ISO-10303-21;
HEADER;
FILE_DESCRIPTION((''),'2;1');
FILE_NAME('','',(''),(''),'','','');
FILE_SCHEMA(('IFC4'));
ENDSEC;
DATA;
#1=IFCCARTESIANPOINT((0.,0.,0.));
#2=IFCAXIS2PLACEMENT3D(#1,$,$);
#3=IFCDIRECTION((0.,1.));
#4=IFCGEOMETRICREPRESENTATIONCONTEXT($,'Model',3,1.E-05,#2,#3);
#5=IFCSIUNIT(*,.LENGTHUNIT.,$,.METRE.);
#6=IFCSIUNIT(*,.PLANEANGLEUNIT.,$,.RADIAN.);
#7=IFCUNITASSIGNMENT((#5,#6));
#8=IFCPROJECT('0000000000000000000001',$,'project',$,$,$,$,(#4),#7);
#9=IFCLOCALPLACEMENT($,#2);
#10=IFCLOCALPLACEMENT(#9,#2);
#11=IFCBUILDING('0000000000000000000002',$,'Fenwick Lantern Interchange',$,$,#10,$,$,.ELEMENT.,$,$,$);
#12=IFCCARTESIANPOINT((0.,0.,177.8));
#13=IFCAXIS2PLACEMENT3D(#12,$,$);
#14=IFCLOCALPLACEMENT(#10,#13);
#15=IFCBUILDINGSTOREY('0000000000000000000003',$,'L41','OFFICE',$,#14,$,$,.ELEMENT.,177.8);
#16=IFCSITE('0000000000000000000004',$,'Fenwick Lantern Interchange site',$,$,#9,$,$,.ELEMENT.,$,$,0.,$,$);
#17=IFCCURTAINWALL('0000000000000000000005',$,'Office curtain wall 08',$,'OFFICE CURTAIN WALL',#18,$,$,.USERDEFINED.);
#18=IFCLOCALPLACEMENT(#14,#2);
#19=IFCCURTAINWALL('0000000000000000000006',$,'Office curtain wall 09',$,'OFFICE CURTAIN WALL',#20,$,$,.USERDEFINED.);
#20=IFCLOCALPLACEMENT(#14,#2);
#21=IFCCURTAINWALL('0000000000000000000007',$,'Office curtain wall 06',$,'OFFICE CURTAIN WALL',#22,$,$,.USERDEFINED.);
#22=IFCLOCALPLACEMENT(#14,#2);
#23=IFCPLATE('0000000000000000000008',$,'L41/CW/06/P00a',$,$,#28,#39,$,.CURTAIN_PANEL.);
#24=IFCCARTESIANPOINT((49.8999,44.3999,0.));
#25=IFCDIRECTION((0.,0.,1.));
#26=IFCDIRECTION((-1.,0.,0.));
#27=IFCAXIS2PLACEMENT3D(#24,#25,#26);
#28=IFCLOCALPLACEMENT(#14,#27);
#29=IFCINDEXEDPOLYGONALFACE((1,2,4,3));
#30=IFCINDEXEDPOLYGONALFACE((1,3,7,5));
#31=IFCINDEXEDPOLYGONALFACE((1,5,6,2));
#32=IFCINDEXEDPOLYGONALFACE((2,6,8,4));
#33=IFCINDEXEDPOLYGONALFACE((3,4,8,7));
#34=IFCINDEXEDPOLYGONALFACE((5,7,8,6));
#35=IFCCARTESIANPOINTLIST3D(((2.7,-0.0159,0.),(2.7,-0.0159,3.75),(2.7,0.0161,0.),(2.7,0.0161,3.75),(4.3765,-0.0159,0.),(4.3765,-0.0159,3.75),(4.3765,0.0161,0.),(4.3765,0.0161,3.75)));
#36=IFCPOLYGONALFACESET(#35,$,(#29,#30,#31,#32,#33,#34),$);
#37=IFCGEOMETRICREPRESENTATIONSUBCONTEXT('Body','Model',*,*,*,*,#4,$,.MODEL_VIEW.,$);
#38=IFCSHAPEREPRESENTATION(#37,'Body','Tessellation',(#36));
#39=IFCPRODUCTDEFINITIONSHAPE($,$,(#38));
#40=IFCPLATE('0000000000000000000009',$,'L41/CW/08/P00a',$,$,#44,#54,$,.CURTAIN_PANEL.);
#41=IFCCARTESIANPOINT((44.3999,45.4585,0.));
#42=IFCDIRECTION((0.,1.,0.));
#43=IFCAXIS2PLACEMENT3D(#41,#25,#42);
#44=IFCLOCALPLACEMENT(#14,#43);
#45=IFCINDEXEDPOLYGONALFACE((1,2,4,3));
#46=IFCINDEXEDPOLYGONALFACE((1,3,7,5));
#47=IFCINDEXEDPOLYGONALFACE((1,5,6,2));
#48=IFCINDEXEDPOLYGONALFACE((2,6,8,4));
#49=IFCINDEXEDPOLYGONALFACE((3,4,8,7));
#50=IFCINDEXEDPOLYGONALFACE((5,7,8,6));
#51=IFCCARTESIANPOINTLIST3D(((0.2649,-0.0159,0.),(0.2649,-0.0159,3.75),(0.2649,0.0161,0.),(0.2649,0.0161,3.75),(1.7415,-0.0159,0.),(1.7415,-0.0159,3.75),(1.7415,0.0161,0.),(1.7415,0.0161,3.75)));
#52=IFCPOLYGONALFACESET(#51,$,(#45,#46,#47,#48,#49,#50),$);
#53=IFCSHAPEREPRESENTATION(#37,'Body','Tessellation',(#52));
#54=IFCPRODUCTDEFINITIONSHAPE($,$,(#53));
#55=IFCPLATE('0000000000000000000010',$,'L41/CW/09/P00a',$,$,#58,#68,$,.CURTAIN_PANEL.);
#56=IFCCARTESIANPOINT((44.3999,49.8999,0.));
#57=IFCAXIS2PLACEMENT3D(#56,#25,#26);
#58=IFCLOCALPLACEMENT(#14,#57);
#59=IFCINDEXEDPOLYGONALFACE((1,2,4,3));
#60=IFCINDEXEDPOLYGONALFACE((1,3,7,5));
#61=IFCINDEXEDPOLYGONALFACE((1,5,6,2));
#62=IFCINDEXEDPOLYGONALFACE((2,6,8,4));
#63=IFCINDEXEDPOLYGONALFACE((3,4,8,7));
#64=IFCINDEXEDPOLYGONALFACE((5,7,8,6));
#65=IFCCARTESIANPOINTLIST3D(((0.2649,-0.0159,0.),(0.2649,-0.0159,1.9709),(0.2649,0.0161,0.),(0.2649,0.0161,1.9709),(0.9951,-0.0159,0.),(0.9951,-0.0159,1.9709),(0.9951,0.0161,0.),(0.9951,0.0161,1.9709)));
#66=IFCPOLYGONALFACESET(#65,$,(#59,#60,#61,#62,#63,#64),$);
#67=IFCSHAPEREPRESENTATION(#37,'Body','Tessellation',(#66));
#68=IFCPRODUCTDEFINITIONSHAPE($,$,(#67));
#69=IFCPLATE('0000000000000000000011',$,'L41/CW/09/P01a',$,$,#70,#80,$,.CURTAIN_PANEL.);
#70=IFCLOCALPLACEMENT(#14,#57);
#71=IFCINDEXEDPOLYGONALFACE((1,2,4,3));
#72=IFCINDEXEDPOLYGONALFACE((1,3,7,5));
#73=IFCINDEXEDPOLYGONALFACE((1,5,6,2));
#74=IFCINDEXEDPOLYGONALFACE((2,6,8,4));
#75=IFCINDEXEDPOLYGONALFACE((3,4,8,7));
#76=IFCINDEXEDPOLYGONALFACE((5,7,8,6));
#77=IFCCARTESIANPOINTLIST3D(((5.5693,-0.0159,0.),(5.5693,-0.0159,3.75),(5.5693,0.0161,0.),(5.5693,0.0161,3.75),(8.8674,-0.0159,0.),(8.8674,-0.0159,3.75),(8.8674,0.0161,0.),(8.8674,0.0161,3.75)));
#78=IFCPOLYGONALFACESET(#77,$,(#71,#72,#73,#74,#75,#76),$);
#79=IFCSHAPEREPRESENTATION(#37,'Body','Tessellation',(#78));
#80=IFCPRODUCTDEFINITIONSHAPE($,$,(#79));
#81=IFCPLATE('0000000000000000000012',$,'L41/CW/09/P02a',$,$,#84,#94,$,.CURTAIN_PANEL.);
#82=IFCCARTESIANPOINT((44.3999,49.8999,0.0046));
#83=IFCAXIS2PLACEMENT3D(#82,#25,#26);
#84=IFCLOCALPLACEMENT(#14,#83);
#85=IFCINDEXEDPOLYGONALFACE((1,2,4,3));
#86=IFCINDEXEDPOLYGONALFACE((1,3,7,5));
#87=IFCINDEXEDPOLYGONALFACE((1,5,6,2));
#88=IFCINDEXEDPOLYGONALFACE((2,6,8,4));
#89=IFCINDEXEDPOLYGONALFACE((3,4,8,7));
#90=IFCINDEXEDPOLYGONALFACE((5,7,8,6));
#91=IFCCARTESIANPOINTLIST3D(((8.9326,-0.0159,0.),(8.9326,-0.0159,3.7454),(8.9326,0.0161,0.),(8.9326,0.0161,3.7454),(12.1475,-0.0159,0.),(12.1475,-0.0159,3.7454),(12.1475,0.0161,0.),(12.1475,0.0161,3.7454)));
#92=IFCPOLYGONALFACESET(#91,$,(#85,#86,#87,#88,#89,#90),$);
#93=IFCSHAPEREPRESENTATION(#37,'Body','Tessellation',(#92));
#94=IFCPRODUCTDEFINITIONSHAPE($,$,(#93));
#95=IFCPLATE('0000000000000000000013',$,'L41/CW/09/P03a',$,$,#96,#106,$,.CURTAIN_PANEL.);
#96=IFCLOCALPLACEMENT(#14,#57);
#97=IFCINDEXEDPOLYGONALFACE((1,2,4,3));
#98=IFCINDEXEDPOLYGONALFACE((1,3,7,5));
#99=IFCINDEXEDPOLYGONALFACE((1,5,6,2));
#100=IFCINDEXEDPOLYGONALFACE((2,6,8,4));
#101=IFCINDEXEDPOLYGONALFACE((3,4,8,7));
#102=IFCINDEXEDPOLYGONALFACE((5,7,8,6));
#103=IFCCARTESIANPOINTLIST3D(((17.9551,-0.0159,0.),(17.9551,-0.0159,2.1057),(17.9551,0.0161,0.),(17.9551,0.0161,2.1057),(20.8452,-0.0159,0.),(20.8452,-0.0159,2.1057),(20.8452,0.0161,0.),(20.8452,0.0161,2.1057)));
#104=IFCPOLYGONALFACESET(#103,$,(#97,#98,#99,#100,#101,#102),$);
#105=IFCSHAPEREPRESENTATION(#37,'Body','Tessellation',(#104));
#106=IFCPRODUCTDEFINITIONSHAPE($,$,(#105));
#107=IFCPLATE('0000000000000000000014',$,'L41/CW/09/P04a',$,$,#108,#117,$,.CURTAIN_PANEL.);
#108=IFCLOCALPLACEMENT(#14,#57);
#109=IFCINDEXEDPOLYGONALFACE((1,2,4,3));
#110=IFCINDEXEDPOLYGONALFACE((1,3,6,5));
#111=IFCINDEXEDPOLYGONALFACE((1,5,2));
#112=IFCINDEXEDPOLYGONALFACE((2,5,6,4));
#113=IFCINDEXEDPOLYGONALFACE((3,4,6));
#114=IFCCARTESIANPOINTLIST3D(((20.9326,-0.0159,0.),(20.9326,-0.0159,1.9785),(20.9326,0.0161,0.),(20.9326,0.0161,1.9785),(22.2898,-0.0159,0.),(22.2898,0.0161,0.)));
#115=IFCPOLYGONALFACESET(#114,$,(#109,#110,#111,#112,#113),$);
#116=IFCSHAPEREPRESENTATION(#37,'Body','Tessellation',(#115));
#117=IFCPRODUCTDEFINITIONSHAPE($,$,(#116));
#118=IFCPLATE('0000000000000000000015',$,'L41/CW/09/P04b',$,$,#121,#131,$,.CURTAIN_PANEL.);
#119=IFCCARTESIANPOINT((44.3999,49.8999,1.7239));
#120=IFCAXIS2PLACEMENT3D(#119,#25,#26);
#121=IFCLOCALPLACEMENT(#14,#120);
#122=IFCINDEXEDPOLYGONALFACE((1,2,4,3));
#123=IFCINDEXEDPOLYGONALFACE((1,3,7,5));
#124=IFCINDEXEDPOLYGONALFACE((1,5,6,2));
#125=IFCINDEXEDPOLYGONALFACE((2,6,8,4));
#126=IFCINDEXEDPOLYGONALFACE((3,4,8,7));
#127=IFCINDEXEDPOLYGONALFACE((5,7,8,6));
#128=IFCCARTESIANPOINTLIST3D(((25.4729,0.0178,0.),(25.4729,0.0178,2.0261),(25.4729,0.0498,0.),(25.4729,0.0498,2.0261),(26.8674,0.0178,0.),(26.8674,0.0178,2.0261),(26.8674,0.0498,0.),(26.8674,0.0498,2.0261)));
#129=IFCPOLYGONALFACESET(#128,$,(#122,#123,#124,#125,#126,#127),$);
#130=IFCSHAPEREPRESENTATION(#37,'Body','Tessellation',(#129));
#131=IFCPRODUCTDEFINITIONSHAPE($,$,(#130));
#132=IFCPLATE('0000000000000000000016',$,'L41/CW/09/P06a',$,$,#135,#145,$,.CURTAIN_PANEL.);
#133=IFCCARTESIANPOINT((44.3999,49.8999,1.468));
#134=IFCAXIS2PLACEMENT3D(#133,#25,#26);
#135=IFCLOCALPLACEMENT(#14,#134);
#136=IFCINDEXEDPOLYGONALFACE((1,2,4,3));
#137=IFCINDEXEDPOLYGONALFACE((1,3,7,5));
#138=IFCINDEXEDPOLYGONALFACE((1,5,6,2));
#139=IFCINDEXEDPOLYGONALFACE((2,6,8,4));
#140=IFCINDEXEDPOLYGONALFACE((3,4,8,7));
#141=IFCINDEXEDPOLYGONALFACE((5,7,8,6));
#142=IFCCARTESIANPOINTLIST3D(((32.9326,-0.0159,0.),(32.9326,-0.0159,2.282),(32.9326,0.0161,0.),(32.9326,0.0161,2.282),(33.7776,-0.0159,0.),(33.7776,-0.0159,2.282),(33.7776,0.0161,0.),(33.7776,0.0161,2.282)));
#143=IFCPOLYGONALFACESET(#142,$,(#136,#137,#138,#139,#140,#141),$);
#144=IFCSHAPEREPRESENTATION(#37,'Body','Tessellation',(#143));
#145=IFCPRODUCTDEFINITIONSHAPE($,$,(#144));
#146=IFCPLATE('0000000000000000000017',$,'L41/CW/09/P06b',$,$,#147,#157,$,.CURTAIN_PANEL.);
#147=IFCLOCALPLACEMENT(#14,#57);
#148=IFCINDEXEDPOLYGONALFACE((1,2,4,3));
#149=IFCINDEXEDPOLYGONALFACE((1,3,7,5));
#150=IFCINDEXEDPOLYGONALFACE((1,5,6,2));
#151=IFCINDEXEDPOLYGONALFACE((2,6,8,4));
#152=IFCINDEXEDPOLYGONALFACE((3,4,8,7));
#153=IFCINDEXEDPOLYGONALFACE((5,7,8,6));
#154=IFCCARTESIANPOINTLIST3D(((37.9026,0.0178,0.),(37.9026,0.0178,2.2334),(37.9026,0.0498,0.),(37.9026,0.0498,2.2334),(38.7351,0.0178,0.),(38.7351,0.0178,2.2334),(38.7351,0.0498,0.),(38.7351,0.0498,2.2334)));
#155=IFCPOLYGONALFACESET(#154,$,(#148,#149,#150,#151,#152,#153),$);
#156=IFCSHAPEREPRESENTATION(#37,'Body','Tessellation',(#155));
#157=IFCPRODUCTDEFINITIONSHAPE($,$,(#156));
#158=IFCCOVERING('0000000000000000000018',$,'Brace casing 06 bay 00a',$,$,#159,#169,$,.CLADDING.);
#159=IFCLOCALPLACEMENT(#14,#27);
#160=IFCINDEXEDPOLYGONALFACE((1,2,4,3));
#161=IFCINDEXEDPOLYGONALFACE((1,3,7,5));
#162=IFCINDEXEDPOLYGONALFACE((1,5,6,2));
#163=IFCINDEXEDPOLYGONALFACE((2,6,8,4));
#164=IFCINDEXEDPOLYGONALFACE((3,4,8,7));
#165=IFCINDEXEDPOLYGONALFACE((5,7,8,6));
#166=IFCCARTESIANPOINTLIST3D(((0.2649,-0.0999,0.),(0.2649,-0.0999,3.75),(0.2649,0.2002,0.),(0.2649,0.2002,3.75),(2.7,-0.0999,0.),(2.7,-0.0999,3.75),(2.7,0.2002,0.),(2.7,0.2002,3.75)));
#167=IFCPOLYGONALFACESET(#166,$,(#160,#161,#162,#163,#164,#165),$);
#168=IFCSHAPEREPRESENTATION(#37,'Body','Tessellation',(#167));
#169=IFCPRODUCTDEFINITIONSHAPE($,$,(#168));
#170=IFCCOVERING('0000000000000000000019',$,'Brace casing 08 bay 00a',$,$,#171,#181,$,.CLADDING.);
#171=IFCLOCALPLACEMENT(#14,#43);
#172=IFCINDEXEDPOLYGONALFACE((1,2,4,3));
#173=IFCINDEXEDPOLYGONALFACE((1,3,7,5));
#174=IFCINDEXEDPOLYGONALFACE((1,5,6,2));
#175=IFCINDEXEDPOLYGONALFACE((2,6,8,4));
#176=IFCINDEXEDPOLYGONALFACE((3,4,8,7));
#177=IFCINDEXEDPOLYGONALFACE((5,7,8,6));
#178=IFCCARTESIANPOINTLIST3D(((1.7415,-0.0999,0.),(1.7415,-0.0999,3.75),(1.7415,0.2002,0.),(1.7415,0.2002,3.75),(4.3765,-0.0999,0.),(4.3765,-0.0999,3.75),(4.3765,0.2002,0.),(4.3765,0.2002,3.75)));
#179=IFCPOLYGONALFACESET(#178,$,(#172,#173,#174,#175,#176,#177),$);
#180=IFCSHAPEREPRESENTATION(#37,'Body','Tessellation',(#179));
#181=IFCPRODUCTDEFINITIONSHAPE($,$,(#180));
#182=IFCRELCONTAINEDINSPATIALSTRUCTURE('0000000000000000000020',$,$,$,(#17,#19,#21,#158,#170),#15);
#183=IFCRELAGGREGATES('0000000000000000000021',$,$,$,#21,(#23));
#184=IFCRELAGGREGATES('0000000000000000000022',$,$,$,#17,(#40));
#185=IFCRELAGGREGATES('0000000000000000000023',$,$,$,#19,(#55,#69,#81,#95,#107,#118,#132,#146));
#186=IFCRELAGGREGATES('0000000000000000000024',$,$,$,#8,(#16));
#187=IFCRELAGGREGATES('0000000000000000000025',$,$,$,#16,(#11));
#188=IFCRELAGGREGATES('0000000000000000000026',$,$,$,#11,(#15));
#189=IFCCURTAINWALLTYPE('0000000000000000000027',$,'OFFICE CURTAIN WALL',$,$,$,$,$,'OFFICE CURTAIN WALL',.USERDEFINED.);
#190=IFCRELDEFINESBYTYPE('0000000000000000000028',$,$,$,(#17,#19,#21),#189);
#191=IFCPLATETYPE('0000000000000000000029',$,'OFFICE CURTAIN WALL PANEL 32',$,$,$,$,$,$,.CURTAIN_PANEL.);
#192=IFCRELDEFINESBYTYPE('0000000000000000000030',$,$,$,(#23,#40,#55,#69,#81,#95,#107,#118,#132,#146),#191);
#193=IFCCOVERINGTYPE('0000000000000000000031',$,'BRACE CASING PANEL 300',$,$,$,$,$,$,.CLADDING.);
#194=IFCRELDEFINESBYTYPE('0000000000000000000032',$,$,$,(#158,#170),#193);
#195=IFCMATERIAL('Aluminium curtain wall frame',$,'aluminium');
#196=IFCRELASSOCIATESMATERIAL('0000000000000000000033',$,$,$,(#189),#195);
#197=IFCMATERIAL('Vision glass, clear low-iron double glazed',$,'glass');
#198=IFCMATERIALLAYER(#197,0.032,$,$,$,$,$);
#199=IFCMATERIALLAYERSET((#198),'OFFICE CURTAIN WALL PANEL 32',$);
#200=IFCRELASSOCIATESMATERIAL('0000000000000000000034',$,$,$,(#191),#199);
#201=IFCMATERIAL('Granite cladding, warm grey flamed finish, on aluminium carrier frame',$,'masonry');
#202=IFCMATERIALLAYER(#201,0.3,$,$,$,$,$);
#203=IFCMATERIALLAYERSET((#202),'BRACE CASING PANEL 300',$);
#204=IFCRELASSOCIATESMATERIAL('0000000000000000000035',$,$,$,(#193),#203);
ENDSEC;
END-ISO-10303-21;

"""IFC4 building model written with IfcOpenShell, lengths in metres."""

from ifc_helpers import new_model, si_unit, direction, frame, origin, place, context, subcontext, project, spatial, polyline, outline, extrude, material, layer, layer_set, type_object, element, aggregate, save


model = new_model("IFC4")

# Units and contexts
model_context = context("Model", 3, precision=1e-05, world=origin(), true_north=direction((0.0, 1.0)))
body_context = subcontext(model_context, "Body", "Model", "MODEL_VIEW")
ifc_project = project(units=[si_unit("LENGTHUNIT", "METRE"), si_unit("PLANEANGLEUNIT", "RADIAN")], contexts=[model_context])

# Site, building, storey
site_placement = place(None, origin())
site = spatial("IfcSite", under=ifc_project, at=site_placement, Name="Fenwick Lantern Interchange site", CompositionType="ELEMENT", RefElevation=0.0)
building_placement = place(site_placement, origin())
building = spatial("IfcBuilding", under=site, at=building_placement, Name="Fenwick Lantern Interchange", CompositionType="ELEMENT")
storey_placement = place(building_placement, frame((0.0, 0.0, 177.8)))
storey = spatial("IfcBuildingStorey", under=building, at=storey_placement, Name="L41", Description="OFFICE", CompositionType="ELEMENT", Elevation=177.8)

# Curtain wall
ifc_material_1 = material(Name="Aluminium curtain wall frame", Category="aluminium")
curtain_wall_type = type_object("IfcCurtainWallType", Name="OFFICE CURTAIN WALL", ElementType="OFFICE CURTAIN WALL", PredefinedType="USERDEFINED", material=ifc_material_1)
curtain_wall_1_placement = place(storey_placement, origin())
curtain_wall_1 = element("IfcCurtainWall", 1, at=curtain_wall_1_placement, inside=storey, type_object=curtain_wall_type, Name="Office curtain wall 08", ObjectType="OFFICE CURTAIN WALL", PredefinedType="USERDEFINED")

# Curtain wall
curtain_wall_2_placement = place(storey_placement, origin())
curtain_wall_2 = element("IfcCurtainWall", 2, at=curtain_wall_2_placement, inside=storey, type_object=curtain_wall_type, Name="Office curtain wall 09", ObjectType="OFFICE CURTAIN WALL", PredefinedType="USERDEFINED")

# Curtain wall, plate
curtain_wall_3_placement = place(storey_placement, origin())
curtain_wall_3 = element("IfcCurtainWall", 3, at=curtain_wall_3_placement, inside=storey, type_object=curtain_wall_type, Name="Office curtain wall 06", ObjectType="OFFICE CURTAIN WALL", PredefinedType="USERDEFINED")
ifc_material_2 = material(Name="Vision glass, clear low-iron double glazed", Category="glass")
ifc_layer_1 = layer(ifc_material_2, 0.032)
ifc_layer_set_1 = layer_set([ifc_layer_1], Name="OFFICE CURTAIN WALL PANEL 32")
plate_type = type_object("IfcPlateType", Name="OFFICE CURTAIN WALL PANEL 32", PredefinedType="CURTAIN_PANEL", material=ifc_layer_set_1)
plate_1_placement = place(storey_placement, frame((49.8999, 44.3999, 0.0), z_axis=(0.0, 0.0, 1.0), x_axis=(-1.0, 0.0, 0.0)))
plate_1 = element("IfcPlate", 4, at=plate_1_placement, type_object=plate_type, Name="L41/CW/06/P00a", PredefinedType="CURTAIN_PANEL", context=body_context, shape_type="SweptSolid", body=[
    extrude(outline(polyline([(2.7, 0.0), (4.3765, 0.0), (4.3765, 3.75), (2.7, 3.75), (2.7, 0.0)])), frame((0.0, 0.0161, 0.0), z_axis=(0.0, -1.0, 0.0), x_axis=(1.0, 0.0, 0.0)), (0.0, 0.0, 1.0), 0.032),
])
aggregate(curtain_wall_3, [plate_1])

# Plates
plate_2_placement = place(storey_placement, frame((44.3999, 45.4585, 0.0), z_axis=(0.0, 0.0, 1.0), x_axis=(0.0, 1.0, 0.0)))
plate_2 = element("IfcPlate", 5, at=plate_2_placement, type_object=plate_type, Name="L41/CW/08/P00a", PredefinedType="CURTAIN_PANEL", context=body_context, shape_type="SweptSolid", body=[
    extrude(outline(polyline([(0.2649, 0.0), (1.7415, 0.0), (1.7415, 3.75), (0.2649, 3.75), (0.2649, 0.0)])), frame((0.0, 0.0161, 0.0), z_axis=(0.0, -1.0, 0.0), x_axis=(1.0, 0.0, 0.0)), (0.0, 0.0, 1.0), 0.032),
])
aggregate(curtain_wall_1, [plate_2])
plate_3_placement = place(storey_placement, frame((44.3999, 49.8999, 0.0), z_axis=(0.0, 0.0, 1.0), x_axis=(-1.0, 0.0, 0.0)))
plate_3 = element("IfcPlate", 6, at=plate_3_placement, type_object=plate_type, Name="L41/CW/09/P00a", PredefinedType="CURTAIN_PANEL", context=body_context, shape_type="SweptSolid", body=[
    extrude(outline(polyline([(0.2649, 0.0), (0.9951, 0.0), (0.9951, 1.9709), (0.2649, 1.9709), (0.2649, 0.0)])), frame((0.0, 0.0161, 0.0), z_axis=(0.0, -1.0, 0.0), x_axis=(1.0, 0.0, 0.0)), (0.0, 0.0, 1.0), 0.032),
])
plate_4_placement = place(storey_placement, frame((44.3999, 49.8999, 0.0), z_axis=(0.0, 0.0, 1.0), x_axis=(-1.0, 0.0, 0.0)))
plate_4 = element("IfcPlate", 7, at=plate_4_placement, type_object=plate_type, Name="L41/CW/09/P01a", PredefinedType="CURTAIN_PANEL", context=body_context, shape_type="SweptSolid", body=[
    extrude(outline(polyline([(5.5693, 0.0), (8.8674, 0.0), (8.8674, 3.75), (5.5693, 3.75), (5.5693, 0.0)])), frame((0.0, 0.0161, 0.0), z_axis=(0.0, -1.0, 0.0), x_axis=(1.0, 0.0, 0.0)), (0.0, 0.0, 1.0), 0.032),
])
plate_5_placement = place(storey_placement, frame((44.3999, 49.8999, 0.0046), z_axis=(0.0, 0.0, 1.0), x_axis=(-1.0, 0.0, 0.0)))
plate_5 = element("IfcPlate", 8, at=plate_5_placement, type_object=plate_type, Name="L41/CW/09/P02a", PredefinedType="CURTAIN_PANEL", context=body_context, shape_type="SweptSolid", body=[
    extrude(outline(polyline([(8.9326, 0.0), (12.1475, 0.0), (12.1475, 3.7454), (8.9326, 3.7454), (8.9326, 0.0)])), frame((0.0, 0.0161, 0.0), z_axis=(0.0, -1.0, 0.0), x_axis=(1.0, 0.0, 0.0)), (0.0, 0.0, 1.0), 0.032),
])
plate_6_placement = place(storey_placement, frame((44.3999, 49.8999, 0.0), z_axis=(0.0, 0.0, 1.0), x_axis=(-1.0, 0.0, 0.0)))
plate_6 = element("IfcPlate", 9, at=plate_6_placement, type_object=plate_type, Name="L41/CW/09/P03a", PredefinedType="CURTAIN_PANEL", context=body_context, shape_type="SweptSolid", body=[
    extrude(outline(polyline([(17.9551, 0.0), (20.8452, 0.0), (20.8452, 2.1057), (17.9551, 2.1057), (17.9551, 0.0)])), frame((0.0, 0.0161, 0.0), z_axis=(0.0, -1.0, 0.0), x_axis=(1.0, 0.0, 0.0)), (0.0, 0.0, 1.0), 0.032),
])
plate_7_placement = place(storey_placement, frame((44.3999, 49.8999, 0.0), z_axis=(0.0, 0.0, 1.0), x_axis=(-1.0, 0.0, 0.0)))
plate_7 = element("IfcPlate", 10, at=plate_7_placement, type_object=plate_type, Name="L41/CW/09/P04a", PredefinedType="CURTAIN_PANEL", context=body_context, shape_type="SweptSolid", body=[
    extrude(outline(polyline([(20.9326, 0.0), (22.2898, 0.0), (20.9326, 1.9785), (20.9326, 0.0)])), frame((0.0, 0.0161, 0.0), z_axis=(0.0, -1.0, 0.0), x_axis=(1.0, 0.0, 0.0)), (0.0, 0.0, 1.0), 0.032),
])
plate_8_placement = place(storey_placement, frame((44.3999, 49.8999, 1.7239), z_axis=(0.0, 0.0, 1.0), x_axis=(-1.0, 0.0, 0.0)))
plate_8 = element("IfcPlate", 11, at=plate_8_placement, type_object=plate_type, Name="L41/CW/09/P04b", PredefinedType="CURTAIN_PANEL", context=body_context, shape_type="SweptSolid", body=[
    extrude(outline(polyline([(25.4729, 0.0), (26.8674, 0.0), (26.8674, 2.0261), (25.4729, 2.0261), (25.4729, 0.0)])), frame((0.0, 0.0498, 0.0), z_axis=(0.0, -1.0, 0.0), x_axis=(1.0, 0.0, 0.0)), (0.0, 0.0, 1.0), 0.032),
])
plate_9_placement = place(storey_placement, frame((44.3999, 49.8999, 1.468), z_axis=(0.0, 0.0, 1.0), x_axis=(-1.0, 0.0, 0.0)))
plate_9 = element("IfcPlate", 12, at=plate_9_placement, type_object=plate_type, Name="L41/CW/09/P06a", PredefinedType="CURTAIN_PANEL", context=body_context, shape_type="SweptSolid", body=[
    extrude(outline(polyline([(32.9326, 0.0), (33.7776, 0.0), (33.7776, 2.282), (32.9326, 2.282), (32.9326, 0.0)])), frame((0.0, 0.0161, 0.0), z_axis=(0.0, -1.0, 0.0), x_axis=(1.0, 0.0, 0.0)), (0.0, 0.0, 1.0), 0.032),
])
plate_10_placement = place(storey_placement, frame((44.3999, 49.8999, 0.0), z_axis=(0.0, 0.0, 1.0), x_axis=(-1.0, 0.0, 0.0)))
plate_10 = element("IfcPlate", 13, at=plate_10_placement, type_object=plate_type, Name="L41/CW/09/P06b", PredefinedType="CURTAIN_PANEL", context=body_context, shape_type="SweptSolid", body=[
    extrude(outline(polyline([(37.9026, 0.0), (38.7351, 0.0), (38.7351, 2.2334), (37.9026, 2.2334), (37.9026, 0.0)])), frame((0.0, 0.0498, 0.0), z_axis=(0.0, -1.0, 0.0), x_axis=(1.0, 0.0, 0.0)), (0.0, 0.0, 1.0), 0.032),
])
aggregate(curtain_wall_2, [plate_3, plate_4, plate_5, plate_6, plate_7, plate_8, plate_9, plate_10])

# Coverings
ifc_material_3 = material(Name="Granite cladding, warm grey flamed finish, on aluminium carrier frame", Category="masonry")
ifc_layer_2 = layer(ifc_material_3, 0.3)
ifc_layer_set_2 = layer_set([ifc_layer_2], Name="BRACE CASING PANEL 300")
covering_type = type_object("IfcCoveringType", Name="BRACE CASING PANEL 300", PredefinedType="CLADDING", material=ifc_layer_set_2)
covering_1_placement = place(storey_placement, frame((49.8999, 44.3999, 0.0), z_axis=(0.0, 0.0, 1.0), x_axis=(-1.0, 0.0, 0.0)))
element("IfcCovering", 14, at=covering_1_placement, inside=storey, type_object=covering_type, Name="Brace casing 06 bay 00a", PredefinedType="CLADDING", context=body_context, shape_type="SweptSolid", body=[
    extrude(outline(polyline([(0.2649, 0.0), (2.7, 0.0), (2.7, 3.75), (0.2649, 3.75), (0.2649, 0.0)])), frame((0.0, 0.2002, 0.0), z_axis=(0.0, -1.0, 0.0), x_axis=(1.0, 0.0, 0.0)), (0.0, 0.0, 1.0), 0.3),
])
covering_2_placement = place(storey_placement, frame((44.3999, 45.4585, 0.0), z_axis=(0.0, 0.0, 1.0), x_axis=(0.0, 1.0, 0.0)))
element("IfcCovering", 15, at=covering_2_placement, inside=storey, type_object=covering_type, Name="Brace casing 08 bay 00a", PredefinedType="CLADDING", context=body_context, shape_type="SweptSolid", body=[
    extrude(outline(polyline([(1.7415, 0.0), (4.3765, 0.0), (4.3765, 3.75), (1.7415, 3.75), (1.7415, 0.0)])), frame((0.0, 0.2002, 0.0), z_axis=(0.0, -1.0, 0.0), x_axis=(1.0, 0.0, 0.0)), (0.0, 0.0, 1.0), 0.3),
])

save(model, "model.ifc")
